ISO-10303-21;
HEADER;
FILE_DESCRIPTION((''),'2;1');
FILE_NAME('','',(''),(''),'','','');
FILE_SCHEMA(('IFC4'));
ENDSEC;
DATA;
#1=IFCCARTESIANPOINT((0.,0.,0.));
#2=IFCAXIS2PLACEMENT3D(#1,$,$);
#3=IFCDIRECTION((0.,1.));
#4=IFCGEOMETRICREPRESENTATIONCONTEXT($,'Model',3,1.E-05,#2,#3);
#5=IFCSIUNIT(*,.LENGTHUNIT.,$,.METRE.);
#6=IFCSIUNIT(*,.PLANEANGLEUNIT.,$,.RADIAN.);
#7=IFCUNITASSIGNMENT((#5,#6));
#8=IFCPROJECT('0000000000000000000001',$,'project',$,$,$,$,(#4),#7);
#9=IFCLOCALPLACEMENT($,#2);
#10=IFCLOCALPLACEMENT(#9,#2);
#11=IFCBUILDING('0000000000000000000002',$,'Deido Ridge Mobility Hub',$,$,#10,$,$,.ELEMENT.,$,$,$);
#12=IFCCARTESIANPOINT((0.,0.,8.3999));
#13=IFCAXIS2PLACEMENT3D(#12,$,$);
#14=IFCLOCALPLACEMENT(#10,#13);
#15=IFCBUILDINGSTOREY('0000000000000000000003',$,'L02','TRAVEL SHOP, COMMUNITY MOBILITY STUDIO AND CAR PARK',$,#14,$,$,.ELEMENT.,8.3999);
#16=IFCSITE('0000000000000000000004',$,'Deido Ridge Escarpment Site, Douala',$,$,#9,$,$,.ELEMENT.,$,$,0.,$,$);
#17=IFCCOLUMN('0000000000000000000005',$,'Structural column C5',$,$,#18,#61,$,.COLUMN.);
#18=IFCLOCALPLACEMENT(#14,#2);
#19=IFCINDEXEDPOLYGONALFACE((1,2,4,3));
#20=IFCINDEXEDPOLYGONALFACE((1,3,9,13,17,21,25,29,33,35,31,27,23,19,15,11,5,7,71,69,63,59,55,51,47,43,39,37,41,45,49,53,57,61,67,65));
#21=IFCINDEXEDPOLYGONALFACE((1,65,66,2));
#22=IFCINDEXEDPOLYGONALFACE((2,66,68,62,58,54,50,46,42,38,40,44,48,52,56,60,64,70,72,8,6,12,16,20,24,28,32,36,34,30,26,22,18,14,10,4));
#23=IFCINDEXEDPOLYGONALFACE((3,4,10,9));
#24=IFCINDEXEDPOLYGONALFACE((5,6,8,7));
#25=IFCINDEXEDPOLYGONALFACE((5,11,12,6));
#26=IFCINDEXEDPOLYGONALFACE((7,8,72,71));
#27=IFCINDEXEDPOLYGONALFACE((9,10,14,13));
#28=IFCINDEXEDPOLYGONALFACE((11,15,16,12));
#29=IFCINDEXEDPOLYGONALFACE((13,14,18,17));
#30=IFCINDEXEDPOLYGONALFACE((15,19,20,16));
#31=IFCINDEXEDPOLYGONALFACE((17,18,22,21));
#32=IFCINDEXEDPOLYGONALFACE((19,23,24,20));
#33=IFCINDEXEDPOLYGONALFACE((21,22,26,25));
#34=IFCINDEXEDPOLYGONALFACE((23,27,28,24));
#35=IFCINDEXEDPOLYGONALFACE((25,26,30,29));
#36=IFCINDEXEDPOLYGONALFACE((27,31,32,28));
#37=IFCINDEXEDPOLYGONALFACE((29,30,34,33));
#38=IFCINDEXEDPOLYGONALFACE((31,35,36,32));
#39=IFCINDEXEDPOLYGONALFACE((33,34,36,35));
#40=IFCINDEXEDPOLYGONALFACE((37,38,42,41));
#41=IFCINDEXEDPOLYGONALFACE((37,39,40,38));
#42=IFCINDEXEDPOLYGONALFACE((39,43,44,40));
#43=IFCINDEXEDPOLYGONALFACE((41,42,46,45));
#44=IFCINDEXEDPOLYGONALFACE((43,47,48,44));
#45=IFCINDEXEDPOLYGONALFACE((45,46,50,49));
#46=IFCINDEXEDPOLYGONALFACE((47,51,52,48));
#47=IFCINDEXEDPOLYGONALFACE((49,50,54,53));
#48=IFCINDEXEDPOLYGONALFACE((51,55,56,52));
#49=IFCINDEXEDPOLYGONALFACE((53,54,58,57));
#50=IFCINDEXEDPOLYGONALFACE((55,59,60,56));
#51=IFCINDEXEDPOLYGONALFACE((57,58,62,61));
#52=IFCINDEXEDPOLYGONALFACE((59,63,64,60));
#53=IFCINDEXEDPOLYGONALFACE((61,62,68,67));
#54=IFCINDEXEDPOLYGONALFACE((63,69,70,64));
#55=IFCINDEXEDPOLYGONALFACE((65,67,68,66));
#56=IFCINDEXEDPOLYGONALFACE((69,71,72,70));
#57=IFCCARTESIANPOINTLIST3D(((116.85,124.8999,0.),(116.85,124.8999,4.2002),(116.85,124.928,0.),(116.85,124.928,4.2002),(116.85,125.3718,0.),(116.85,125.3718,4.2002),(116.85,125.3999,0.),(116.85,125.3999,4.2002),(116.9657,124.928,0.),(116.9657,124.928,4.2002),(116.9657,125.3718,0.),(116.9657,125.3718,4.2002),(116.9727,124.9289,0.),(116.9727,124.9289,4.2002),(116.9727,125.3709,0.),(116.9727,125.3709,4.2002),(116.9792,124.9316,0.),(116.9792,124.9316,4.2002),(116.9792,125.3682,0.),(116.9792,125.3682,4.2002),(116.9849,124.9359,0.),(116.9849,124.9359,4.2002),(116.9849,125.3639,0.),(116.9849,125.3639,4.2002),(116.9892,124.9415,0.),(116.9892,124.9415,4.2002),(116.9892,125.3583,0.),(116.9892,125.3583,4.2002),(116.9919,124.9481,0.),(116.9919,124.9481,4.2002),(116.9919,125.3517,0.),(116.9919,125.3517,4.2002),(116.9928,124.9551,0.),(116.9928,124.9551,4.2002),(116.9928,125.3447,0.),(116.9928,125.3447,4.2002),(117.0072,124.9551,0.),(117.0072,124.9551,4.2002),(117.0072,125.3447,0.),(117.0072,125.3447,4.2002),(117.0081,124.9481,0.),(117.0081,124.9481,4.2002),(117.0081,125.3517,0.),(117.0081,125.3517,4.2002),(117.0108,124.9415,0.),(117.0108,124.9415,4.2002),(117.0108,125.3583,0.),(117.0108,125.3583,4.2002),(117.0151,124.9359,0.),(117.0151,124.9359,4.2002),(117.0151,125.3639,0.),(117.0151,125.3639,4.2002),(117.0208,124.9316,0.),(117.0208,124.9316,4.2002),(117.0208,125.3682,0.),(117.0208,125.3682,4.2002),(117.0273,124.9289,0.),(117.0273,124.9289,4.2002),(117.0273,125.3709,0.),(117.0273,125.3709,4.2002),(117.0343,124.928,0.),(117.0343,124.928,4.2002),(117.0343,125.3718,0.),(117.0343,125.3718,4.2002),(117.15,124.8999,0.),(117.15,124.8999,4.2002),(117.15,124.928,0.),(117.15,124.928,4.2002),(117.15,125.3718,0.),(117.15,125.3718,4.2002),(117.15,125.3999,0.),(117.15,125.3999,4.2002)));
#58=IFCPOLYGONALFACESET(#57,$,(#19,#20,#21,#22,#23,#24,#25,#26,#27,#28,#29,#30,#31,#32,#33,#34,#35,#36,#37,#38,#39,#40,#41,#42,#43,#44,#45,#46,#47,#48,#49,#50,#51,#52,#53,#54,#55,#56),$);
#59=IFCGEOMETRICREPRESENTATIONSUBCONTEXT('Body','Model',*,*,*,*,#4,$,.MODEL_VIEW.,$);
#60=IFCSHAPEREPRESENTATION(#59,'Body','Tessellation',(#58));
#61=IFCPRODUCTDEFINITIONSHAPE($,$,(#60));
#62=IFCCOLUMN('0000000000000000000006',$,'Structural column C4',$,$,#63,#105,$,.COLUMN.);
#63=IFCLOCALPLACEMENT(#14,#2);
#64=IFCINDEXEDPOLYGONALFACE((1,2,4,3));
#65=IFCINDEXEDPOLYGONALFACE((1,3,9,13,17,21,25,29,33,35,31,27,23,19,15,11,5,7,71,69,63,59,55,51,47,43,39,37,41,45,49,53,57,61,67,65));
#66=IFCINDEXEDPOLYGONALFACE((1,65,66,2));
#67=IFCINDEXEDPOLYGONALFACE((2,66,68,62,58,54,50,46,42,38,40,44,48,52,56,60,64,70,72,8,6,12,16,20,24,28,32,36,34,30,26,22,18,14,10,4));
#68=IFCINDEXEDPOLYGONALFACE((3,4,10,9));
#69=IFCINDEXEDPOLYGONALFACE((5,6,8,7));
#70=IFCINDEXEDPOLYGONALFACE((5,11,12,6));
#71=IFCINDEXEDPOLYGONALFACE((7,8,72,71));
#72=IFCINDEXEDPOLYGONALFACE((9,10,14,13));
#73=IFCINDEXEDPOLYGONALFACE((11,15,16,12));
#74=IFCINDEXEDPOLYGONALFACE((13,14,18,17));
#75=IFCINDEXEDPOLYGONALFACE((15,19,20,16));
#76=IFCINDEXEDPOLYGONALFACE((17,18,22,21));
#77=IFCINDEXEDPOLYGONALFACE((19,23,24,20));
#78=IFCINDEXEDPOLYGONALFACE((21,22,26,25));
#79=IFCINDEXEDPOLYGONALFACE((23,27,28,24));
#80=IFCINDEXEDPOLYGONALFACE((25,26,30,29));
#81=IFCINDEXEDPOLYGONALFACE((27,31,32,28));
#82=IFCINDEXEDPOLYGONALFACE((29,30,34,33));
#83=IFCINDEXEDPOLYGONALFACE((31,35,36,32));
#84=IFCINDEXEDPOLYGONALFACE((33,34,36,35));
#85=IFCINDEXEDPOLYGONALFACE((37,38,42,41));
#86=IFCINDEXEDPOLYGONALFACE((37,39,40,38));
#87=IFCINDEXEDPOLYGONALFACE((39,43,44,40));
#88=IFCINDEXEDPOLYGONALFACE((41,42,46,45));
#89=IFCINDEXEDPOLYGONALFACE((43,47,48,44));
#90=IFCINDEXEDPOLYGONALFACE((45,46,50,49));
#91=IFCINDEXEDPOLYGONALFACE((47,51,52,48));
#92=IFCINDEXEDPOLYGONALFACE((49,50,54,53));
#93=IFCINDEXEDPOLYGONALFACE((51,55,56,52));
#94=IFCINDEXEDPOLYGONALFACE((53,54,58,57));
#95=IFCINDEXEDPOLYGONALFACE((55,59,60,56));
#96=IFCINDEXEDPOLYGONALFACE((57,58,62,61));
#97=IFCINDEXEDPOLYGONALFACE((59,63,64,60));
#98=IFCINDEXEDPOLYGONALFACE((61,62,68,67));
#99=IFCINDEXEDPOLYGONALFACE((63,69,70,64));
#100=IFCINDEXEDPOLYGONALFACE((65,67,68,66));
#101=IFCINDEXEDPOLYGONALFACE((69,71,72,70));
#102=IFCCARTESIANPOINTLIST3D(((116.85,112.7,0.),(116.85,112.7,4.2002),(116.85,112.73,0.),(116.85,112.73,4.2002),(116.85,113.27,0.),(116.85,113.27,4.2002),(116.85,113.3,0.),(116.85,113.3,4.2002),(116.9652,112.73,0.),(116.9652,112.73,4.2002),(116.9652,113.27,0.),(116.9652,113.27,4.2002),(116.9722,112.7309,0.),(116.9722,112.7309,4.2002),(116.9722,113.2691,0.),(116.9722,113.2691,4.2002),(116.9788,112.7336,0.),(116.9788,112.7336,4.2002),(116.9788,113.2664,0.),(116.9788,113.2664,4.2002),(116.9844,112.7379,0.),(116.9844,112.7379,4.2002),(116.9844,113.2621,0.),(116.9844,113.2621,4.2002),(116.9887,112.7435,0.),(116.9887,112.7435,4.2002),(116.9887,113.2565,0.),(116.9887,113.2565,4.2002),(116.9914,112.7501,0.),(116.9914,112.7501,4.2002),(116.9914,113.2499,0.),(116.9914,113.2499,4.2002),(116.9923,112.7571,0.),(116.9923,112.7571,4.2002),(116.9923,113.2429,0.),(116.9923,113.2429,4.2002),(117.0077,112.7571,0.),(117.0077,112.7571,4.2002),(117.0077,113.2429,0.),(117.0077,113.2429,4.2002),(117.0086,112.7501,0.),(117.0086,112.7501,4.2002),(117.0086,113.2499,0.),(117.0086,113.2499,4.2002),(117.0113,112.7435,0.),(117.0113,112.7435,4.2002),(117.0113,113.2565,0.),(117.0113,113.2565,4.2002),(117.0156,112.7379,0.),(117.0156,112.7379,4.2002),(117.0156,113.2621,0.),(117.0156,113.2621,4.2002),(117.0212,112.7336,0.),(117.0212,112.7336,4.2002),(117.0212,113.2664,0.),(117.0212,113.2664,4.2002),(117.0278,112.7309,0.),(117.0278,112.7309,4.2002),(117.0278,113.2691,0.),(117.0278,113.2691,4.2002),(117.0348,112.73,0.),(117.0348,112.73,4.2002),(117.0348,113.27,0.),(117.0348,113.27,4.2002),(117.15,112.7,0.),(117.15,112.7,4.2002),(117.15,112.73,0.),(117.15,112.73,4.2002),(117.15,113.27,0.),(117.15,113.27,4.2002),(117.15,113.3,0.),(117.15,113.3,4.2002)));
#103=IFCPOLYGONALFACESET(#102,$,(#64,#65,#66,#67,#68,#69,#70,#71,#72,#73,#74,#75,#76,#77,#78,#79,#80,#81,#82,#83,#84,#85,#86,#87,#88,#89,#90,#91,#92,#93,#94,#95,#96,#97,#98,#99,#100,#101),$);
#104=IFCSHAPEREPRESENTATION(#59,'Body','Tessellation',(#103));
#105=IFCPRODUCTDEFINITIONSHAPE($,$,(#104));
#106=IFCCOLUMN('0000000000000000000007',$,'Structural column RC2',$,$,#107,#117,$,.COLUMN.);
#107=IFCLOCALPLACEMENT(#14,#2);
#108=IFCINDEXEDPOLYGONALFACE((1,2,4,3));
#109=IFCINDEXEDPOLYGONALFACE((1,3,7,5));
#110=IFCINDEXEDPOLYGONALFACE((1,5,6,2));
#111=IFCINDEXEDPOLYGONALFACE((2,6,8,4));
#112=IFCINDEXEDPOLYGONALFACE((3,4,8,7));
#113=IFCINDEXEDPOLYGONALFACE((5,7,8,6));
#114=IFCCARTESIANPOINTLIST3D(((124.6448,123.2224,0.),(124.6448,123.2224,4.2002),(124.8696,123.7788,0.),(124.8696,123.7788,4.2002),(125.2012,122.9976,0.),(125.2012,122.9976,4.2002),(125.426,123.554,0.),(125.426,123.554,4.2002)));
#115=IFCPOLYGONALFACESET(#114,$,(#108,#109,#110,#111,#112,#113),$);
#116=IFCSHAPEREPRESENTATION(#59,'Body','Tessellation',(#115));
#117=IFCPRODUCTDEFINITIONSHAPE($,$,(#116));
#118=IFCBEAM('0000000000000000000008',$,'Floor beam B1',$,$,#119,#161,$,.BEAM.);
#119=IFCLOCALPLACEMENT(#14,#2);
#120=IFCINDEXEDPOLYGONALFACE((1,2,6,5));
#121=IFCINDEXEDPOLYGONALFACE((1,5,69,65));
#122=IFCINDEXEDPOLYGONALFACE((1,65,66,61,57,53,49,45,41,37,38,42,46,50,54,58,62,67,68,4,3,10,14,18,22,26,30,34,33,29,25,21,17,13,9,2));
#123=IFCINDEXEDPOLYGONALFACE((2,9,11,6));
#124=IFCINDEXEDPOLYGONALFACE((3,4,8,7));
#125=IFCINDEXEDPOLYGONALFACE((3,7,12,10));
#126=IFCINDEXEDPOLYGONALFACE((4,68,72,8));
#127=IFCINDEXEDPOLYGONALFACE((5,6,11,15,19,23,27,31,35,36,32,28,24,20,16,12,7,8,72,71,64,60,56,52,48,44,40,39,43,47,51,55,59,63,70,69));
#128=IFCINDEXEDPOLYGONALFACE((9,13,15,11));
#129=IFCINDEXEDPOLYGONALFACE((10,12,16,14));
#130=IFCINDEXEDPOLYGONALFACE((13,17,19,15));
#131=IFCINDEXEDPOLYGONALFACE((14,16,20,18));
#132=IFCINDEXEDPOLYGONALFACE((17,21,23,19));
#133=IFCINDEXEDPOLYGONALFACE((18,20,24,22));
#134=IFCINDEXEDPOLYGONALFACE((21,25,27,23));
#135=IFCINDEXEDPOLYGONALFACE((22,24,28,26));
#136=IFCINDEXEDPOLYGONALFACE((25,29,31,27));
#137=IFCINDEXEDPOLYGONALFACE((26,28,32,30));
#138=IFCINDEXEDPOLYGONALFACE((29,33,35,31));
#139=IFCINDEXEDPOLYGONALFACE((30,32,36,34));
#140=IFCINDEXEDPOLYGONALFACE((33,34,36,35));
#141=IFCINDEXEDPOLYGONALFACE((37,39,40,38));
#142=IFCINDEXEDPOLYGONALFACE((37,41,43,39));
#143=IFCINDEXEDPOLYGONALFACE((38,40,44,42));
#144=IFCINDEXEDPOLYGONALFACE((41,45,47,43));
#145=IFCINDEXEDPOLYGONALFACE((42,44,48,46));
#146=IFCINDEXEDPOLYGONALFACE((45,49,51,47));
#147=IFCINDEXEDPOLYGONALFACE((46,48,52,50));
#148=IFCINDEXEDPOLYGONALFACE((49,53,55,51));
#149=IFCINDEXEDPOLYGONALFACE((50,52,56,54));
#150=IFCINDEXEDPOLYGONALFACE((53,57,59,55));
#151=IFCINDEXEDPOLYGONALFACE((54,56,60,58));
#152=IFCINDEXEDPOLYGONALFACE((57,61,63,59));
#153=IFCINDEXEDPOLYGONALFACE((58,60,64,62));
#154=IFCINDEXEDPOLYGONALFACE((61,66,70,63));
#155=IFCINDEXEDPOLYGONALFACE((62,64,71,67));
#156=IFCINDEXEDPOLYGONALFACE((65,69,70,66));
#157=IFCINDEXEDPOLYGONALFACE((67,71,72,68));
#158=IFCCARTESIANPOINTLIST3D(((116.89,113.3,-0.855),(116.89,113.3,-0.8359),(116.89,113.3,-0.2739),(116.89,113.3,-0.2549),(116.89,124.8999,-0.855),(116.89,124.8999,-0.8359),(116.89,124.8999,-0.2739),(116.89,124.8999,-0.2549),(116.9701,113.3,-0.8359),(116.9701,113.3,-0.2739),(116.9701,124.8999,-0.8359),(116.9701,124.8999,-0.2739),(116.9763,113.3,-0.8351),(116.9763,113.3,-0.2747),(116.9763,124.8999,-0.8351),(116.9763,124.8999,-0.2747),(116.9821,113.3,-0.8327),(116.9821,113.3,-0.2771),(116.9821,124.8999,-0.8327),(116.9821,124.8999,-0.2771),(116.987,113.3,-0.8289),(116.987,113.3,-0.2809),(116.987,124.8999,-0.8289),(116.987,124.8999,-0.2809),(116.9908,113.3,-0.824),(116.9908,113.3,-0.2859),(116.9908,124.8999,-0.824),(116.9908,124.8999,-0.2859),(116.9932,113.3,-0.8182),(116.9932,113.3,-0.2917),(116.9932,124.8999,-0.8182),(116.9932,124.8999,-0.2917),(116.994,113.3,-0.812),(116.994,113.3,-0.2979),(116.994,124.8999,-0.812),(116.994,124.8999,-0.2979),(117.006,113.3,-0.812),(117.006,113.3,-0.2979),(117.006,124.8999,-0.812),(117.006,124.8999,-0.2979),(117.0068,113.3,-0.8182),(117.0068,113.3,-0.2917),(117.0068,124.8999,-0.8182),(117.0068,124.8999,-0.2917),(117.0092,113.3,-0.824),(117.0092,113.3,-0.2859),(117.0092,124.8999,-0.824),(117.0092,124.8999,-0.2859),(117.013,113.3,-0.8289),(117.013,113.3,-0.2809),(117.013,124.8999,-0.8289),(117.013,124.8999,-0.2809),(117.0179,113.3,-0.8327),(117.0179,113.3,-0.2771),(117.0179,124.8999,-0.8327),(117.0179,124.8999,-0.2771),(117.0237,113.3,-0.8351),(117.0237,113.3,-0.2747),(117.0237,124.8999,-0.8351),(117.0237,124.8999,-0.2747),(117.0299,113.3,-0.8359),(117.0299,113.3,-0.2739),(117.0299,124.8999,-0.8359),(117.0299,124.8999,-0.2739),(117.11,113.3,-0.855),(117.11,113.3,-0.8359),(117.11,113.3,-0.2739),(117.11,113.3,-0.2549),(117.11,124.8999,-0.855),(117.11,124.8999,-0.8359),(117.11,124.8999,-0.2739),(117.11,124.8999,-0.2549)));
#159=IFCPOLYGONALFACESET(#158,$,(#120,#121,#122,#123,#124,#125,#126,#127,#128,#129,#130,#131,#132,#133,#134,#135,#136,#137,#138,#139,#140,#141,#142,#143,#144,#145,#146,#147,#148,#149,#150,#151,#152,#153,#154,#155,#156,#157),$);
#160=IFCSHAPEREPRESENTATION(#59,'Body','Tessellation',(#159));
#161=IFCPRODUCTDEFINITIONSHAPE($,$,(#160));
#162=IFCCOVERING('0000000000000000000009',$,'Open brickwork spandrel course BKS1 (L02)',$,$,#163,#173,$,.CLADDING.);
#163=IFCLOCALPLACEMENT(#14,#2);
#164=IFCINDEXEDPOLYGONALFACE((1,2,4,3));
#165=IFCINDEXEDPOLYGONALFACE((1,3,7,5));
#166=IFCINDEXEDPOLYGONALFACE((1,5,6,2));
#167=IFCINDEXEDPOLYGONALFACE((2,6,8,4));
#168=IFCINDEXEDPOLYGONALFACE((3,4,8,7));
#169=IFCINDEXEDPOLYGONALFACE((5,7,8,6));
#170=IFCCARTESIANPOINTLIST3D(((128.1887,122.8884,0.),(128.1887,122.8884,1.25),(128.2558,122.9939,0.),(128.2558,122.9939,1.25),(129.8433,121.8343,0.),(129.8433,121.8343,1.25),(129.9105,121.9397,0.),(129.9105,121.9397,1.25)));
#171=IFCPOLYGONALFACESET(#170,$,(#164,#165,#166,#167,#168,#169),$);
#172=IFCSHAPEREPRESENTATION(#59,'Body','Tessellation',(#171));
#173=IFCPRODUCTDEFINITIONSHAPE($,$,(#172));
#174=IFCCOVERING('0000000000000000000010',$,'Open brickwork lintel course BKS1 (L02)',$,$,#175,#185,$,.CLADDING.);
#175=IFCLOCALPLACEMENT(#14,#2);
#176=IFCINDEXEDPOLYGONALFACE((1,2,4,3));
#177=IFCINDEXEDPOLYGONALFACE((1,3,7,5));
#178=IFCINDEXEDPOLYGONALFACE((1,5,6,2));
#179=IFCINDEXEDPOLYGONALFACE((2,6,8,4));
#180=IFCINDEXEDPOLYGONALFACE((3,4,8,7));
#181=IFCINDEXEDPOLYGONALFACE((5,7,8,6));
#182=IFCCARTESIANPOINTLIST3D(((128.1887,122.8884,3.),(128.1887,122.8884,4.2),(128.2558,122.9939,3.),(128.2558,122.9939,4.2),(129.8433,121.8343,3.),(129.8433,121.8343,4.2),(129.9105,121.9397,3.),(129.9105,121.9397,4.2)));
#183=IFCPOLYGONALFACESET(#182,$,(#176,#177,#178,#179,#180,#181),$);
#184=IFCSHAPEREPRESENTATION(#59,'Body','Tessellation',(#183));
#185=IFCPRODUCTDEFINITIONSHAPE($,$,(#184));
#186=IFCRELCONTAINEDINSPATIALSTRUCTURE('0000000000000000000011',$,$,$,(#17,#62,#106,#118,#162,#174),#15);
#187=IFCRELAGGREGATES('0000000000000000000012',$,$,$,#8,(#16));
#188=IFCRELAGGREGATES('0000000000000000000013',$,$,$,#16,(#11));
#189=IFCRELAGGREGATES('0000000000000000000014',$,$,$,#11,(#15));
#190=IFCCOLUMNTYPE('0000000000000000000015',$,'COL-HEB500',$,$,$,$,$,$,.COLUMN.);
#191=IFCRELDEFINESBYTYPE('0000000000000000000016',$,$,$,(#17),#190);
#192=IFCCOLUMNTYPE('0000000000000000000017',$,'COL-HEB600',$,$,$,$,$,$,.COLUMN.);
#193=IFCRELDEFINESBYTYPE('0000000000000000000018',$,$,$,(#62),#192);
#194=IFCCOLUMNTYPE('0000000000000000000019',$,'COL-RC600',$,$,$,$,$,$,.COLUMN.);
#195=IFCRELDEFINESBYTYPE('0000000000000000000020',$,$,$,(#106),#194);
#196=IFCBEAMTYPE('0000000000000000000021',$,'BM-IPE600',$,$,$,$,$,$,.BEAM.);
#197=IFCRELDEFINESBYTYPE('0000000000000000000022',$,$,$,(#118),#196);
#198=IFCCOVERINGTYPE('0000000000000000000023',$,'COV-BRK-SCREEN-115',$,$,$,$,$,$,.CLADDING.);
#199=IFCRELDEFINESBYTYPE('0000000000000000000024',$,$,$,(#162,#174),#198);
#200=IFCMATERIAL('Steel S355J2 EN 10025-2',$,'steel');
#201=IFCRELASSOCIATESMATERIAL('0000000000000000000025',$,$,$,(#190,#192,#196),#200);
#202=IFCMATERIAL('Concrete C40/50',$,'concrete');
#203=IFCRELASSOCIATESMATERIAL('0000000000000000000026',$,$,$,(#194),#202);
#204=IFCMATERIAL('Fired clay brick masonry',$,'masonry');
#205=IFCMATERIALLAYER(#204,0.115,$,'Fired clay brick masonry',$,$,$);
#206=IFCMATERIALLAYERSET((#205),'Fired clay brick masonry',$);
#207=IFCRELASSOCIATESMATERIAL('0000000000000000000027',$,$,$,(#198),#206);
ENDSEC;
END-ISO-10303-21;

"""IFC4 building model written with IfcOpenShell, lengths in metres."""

from ifc_helpers import new_model, si_unit, direction, frame, origin, origin_2d, place, context, subcontext, project, spatial, rectangle, i_section, extrude, material, layer, layer_set, material_profile, profile_set, type_object, element, save


model = new_model("IFC4")

# Units and contexts
model_context = context("Model", 3, precision=1e-05, world=origin(), true_north=direction((0.0, 1.0)))
body_context = subcontext(model_context, "Body", "Model", "MODEL_VIEW")
ifc_project = project(units=[si_unit("LENGTHUNIT", "METRE"), si_unit("PLANEANGLEUNIT", "RADIAN")], contexts=[model_context])

# Site, building, storey
site_placement = place(None, origin())
site = spatial("IfcSite", under=ifc_project, at=site_placement, Name="Deido Ridge Escarpment Site, Douala", CompositionType="ELEMENT", RefElevation=0.0)
building_placement = place(site_placement, origin())
building = spatial("IfcBuilding", under=site, at=building_placement, Name="Deido Ridge Mobility Hub", CompositionType="ELEMENT")
storey_placement = place(building_placement, frame((0.0, 0.0, 8.3999)))
storey = spatial("IfcBuildingStorey", under=building, at=storey_placement, Name="L02", Description="TRAVEL SHOP, COMMUNITY MOBILITY STUDIO AND CAR PARK", CompositionType="ELEMENT", Elevation=8.3999)

# Columns
ifc_material_1 = material(Name="Steel S355J2 EN 10025-2", Category="steel")
ifc_material_profile_1 = material_profile(ifc_material_1, i_section(OverallWidth=0.3, OverallDepth=0.5, WebThickness=0.0144, FlangeThickness=0.0281, FilletRadius=0.0271, at=origin_2d()), Name="HEB 500")
ifc_profile_set_1 = profile_set([ifc_material_profile_1], Name="Steel S355J2 EN 10025-2")
column_type_1 = type_object("IfcColumnType", Name="COL-HEB500", PredefinedType="COLUMN", material=ifc_profile_set_1)
column_1_placement = place(storey_placement, frame((117.0, 125.1499, 0.0), z_axis=(0.0, 0.0, 1.0), x_axis=(1.0, 0.0, 0.0)))
element("IfcColumn", 1, at=column_1_placement, inside=storey, type_object=column_type_1, Name="Structural column C5", PredefinedType="COLUMN", context=body_context, shape_type="SweptSolid", body=[
    extrude(i_section(OverallWidth=0.3, OverallDepth=0.5, WebThickness=0.0144, FlangeThickness=0.0281, FilletRadius=0.0271, at=origin_2d()), origin(), (0.0, 0.0, 1.0), 4.2002),
])
ifc_material_profile_2 = material_profile(ifc_material_1, i_section(OverallWidth=0.3, OverallDepth=0.6001, WebThickness=0.0154, FlangeThickness=0.03, FilletRadius=0.0271, at=origin_2d()), Name="HEB 600")
ifc_profile_set_2 = profile_set([ifc_material_profile_2], Name="Steel S355J2 EN 10025-2")
column_type_2 = type_object("IfcColumnType", Name="COL-HEB600", PredefinedType="COLUMN", material=ifc_profile_set_2)
column_2_placement = place(storey_placement, frame((117.0, 113.0, 0.0), z_axis=(0.0, 0.0, 1.0), x_axis=(1.0, 0.0, 0.0)))
element("IfcColumn", 2, at=column_2_placement, inside=storey, type_object=column_type_2, Name="Structural column C4", PredefinedType="COLUMN", context=body_context, shape_type="SweptSolid", body=[
    extrude(i_section(OverallWidth=0.3, OverallDepth=0.6001, WebThickness=0.0154, FlangeThickness=0.03, FilletRadius=0.0271, at=origin_2d()), origin(), (0.0, 0.0, 1.0), 4.2002),
])
ifc_material_2 = material(Name="Concrete C40/50", Category="concrete")
ifc_material_profile_3 = material_profile(ifc_material_2, rectangle(XDim=0.6001, YDim=0.6001, at=origin_2d()), Name="RC COL 600x600")
ifc_profile_set_3 = profile_set([ifc_material_profile_3], Name="Concrete C40/50")
column_type_3 = type_object("IfcColumnType", Name="COL-RC600", PredefinedType="COLUMN", material=ifc_profile_set_3)
column_3_placement = place(storey_placement, frame((125.0354, 123.3882, 0.0), z_axis=(0.0, 0.0, 1.0), x_axis=(0.374607, 0.927184, 0.0)))
element("IfcColumn", 3, at=column_3_placement, inside=storey, type_object=column_type_3, Name="Structural column RC2", PredefinedType="COLUMN", context=body_context, shape_type="SweptSolid", body=[
    extrude(rectangle(XDim=0.6001, YDim=0.6001, at=origin_2d()), origin(), (0.0, 0.0, 1.0), 4.2002),
])

# Beam
ifc_material_profile_4 = material_profile(ifc_material_1, i_section(OverallWidth=0.22, OverallDepth=0.6001, WebThickness=0.012, FlangeThickness=0.019, FilletRadius=0.0239, at=origin_2d()), Name="IPE 600")
ifc_profile_set_4 = profile_set([ifc_material_profile_4], Name="Steel S355J2 EN 10025-2")
beam_type = type_object("IfcBeamType", Name="BM-IPE600", PredefinedType="BEAM", material=ifc_profile_set_4)
beam_placement = place(storey_placement, frame((117.0, 113.3, -0.5549), z_axis=(0.0, 1.0, 0.0), x_axis=(-1.0, 0.0, 0.0)))
element("IfcBeam", 4, at=beam_placement, inside=storey, type_object=beam_type, Name="Floor beam B1", PredefinedType="BEAM", context=body_context, shape_type="SweptSolid", body=[
    extrude(i_section(OverallWidth=0.22, OverallDepth=0.6001, WebThickness=0.012, FlangeThickness=0.019, FilletRadius=0.0239, at=origin_2d()), origin(), (0.0, 0.0, 1.0), 11.5999),
])

# Coverings
ifc_material_3 = material(Name="Fired clay brick masonry", Category="masonry")
ifc_layer = layer(ifc_material_3, 0.115, Name="Fired clay brick masonry")
ifc_layer_set = layer_set([ifc_layer], Name="Fired clay brick masonry")
covering_type = type_object("IfcCoveringType", Name="COV-BRK-SCREEN-115", PredefinedType="CLADDING", material=ifc_layer_set)
covering_1_placement = place(storey_placement, frame((129.0496, 122.4141, 0.0), z_axis=(0.0, 0.0, 1.0), x_axis=(-0.843382, 0.537314, 0.0)))
element("IfcCovering", 5, at=covering_1_placement, inside=storey, type_object=covering_type, Name="Open brickwork spandrel course BKS1 (L02)", PredefinedType="CLADDING", context=body_context, shape_type="SweptSolid", body=[
    extrude(rectangle(XDim=1.9619, YDim=0.125, at=origin_2d()), origin(), (0.0, 0.0, 1.0), 1.25),
])
covering_2_placement = place(storey_placement, frame((129.0496, 122.4141, 3.0), z_axis=(0.0, 0.0, 1.0), x_axis=(-0.843382, 0.537314, 0.0)))
element("IfcCovering", 6, at=covering_2_placement, inside=storey, type_object=covering_type, Name="Open brickwork lintel course BKS1 (L02)", PredefinedType="CLADDING", context=body_context, shape_type="SweptSolid", body=[
    extrude(rectangle(XDim=1.9619, YDim=0.125, at=origin_2d()), origin(), (0.0, 0.0, 1.0), 1.2),
])

save(model, "model.ifc")
